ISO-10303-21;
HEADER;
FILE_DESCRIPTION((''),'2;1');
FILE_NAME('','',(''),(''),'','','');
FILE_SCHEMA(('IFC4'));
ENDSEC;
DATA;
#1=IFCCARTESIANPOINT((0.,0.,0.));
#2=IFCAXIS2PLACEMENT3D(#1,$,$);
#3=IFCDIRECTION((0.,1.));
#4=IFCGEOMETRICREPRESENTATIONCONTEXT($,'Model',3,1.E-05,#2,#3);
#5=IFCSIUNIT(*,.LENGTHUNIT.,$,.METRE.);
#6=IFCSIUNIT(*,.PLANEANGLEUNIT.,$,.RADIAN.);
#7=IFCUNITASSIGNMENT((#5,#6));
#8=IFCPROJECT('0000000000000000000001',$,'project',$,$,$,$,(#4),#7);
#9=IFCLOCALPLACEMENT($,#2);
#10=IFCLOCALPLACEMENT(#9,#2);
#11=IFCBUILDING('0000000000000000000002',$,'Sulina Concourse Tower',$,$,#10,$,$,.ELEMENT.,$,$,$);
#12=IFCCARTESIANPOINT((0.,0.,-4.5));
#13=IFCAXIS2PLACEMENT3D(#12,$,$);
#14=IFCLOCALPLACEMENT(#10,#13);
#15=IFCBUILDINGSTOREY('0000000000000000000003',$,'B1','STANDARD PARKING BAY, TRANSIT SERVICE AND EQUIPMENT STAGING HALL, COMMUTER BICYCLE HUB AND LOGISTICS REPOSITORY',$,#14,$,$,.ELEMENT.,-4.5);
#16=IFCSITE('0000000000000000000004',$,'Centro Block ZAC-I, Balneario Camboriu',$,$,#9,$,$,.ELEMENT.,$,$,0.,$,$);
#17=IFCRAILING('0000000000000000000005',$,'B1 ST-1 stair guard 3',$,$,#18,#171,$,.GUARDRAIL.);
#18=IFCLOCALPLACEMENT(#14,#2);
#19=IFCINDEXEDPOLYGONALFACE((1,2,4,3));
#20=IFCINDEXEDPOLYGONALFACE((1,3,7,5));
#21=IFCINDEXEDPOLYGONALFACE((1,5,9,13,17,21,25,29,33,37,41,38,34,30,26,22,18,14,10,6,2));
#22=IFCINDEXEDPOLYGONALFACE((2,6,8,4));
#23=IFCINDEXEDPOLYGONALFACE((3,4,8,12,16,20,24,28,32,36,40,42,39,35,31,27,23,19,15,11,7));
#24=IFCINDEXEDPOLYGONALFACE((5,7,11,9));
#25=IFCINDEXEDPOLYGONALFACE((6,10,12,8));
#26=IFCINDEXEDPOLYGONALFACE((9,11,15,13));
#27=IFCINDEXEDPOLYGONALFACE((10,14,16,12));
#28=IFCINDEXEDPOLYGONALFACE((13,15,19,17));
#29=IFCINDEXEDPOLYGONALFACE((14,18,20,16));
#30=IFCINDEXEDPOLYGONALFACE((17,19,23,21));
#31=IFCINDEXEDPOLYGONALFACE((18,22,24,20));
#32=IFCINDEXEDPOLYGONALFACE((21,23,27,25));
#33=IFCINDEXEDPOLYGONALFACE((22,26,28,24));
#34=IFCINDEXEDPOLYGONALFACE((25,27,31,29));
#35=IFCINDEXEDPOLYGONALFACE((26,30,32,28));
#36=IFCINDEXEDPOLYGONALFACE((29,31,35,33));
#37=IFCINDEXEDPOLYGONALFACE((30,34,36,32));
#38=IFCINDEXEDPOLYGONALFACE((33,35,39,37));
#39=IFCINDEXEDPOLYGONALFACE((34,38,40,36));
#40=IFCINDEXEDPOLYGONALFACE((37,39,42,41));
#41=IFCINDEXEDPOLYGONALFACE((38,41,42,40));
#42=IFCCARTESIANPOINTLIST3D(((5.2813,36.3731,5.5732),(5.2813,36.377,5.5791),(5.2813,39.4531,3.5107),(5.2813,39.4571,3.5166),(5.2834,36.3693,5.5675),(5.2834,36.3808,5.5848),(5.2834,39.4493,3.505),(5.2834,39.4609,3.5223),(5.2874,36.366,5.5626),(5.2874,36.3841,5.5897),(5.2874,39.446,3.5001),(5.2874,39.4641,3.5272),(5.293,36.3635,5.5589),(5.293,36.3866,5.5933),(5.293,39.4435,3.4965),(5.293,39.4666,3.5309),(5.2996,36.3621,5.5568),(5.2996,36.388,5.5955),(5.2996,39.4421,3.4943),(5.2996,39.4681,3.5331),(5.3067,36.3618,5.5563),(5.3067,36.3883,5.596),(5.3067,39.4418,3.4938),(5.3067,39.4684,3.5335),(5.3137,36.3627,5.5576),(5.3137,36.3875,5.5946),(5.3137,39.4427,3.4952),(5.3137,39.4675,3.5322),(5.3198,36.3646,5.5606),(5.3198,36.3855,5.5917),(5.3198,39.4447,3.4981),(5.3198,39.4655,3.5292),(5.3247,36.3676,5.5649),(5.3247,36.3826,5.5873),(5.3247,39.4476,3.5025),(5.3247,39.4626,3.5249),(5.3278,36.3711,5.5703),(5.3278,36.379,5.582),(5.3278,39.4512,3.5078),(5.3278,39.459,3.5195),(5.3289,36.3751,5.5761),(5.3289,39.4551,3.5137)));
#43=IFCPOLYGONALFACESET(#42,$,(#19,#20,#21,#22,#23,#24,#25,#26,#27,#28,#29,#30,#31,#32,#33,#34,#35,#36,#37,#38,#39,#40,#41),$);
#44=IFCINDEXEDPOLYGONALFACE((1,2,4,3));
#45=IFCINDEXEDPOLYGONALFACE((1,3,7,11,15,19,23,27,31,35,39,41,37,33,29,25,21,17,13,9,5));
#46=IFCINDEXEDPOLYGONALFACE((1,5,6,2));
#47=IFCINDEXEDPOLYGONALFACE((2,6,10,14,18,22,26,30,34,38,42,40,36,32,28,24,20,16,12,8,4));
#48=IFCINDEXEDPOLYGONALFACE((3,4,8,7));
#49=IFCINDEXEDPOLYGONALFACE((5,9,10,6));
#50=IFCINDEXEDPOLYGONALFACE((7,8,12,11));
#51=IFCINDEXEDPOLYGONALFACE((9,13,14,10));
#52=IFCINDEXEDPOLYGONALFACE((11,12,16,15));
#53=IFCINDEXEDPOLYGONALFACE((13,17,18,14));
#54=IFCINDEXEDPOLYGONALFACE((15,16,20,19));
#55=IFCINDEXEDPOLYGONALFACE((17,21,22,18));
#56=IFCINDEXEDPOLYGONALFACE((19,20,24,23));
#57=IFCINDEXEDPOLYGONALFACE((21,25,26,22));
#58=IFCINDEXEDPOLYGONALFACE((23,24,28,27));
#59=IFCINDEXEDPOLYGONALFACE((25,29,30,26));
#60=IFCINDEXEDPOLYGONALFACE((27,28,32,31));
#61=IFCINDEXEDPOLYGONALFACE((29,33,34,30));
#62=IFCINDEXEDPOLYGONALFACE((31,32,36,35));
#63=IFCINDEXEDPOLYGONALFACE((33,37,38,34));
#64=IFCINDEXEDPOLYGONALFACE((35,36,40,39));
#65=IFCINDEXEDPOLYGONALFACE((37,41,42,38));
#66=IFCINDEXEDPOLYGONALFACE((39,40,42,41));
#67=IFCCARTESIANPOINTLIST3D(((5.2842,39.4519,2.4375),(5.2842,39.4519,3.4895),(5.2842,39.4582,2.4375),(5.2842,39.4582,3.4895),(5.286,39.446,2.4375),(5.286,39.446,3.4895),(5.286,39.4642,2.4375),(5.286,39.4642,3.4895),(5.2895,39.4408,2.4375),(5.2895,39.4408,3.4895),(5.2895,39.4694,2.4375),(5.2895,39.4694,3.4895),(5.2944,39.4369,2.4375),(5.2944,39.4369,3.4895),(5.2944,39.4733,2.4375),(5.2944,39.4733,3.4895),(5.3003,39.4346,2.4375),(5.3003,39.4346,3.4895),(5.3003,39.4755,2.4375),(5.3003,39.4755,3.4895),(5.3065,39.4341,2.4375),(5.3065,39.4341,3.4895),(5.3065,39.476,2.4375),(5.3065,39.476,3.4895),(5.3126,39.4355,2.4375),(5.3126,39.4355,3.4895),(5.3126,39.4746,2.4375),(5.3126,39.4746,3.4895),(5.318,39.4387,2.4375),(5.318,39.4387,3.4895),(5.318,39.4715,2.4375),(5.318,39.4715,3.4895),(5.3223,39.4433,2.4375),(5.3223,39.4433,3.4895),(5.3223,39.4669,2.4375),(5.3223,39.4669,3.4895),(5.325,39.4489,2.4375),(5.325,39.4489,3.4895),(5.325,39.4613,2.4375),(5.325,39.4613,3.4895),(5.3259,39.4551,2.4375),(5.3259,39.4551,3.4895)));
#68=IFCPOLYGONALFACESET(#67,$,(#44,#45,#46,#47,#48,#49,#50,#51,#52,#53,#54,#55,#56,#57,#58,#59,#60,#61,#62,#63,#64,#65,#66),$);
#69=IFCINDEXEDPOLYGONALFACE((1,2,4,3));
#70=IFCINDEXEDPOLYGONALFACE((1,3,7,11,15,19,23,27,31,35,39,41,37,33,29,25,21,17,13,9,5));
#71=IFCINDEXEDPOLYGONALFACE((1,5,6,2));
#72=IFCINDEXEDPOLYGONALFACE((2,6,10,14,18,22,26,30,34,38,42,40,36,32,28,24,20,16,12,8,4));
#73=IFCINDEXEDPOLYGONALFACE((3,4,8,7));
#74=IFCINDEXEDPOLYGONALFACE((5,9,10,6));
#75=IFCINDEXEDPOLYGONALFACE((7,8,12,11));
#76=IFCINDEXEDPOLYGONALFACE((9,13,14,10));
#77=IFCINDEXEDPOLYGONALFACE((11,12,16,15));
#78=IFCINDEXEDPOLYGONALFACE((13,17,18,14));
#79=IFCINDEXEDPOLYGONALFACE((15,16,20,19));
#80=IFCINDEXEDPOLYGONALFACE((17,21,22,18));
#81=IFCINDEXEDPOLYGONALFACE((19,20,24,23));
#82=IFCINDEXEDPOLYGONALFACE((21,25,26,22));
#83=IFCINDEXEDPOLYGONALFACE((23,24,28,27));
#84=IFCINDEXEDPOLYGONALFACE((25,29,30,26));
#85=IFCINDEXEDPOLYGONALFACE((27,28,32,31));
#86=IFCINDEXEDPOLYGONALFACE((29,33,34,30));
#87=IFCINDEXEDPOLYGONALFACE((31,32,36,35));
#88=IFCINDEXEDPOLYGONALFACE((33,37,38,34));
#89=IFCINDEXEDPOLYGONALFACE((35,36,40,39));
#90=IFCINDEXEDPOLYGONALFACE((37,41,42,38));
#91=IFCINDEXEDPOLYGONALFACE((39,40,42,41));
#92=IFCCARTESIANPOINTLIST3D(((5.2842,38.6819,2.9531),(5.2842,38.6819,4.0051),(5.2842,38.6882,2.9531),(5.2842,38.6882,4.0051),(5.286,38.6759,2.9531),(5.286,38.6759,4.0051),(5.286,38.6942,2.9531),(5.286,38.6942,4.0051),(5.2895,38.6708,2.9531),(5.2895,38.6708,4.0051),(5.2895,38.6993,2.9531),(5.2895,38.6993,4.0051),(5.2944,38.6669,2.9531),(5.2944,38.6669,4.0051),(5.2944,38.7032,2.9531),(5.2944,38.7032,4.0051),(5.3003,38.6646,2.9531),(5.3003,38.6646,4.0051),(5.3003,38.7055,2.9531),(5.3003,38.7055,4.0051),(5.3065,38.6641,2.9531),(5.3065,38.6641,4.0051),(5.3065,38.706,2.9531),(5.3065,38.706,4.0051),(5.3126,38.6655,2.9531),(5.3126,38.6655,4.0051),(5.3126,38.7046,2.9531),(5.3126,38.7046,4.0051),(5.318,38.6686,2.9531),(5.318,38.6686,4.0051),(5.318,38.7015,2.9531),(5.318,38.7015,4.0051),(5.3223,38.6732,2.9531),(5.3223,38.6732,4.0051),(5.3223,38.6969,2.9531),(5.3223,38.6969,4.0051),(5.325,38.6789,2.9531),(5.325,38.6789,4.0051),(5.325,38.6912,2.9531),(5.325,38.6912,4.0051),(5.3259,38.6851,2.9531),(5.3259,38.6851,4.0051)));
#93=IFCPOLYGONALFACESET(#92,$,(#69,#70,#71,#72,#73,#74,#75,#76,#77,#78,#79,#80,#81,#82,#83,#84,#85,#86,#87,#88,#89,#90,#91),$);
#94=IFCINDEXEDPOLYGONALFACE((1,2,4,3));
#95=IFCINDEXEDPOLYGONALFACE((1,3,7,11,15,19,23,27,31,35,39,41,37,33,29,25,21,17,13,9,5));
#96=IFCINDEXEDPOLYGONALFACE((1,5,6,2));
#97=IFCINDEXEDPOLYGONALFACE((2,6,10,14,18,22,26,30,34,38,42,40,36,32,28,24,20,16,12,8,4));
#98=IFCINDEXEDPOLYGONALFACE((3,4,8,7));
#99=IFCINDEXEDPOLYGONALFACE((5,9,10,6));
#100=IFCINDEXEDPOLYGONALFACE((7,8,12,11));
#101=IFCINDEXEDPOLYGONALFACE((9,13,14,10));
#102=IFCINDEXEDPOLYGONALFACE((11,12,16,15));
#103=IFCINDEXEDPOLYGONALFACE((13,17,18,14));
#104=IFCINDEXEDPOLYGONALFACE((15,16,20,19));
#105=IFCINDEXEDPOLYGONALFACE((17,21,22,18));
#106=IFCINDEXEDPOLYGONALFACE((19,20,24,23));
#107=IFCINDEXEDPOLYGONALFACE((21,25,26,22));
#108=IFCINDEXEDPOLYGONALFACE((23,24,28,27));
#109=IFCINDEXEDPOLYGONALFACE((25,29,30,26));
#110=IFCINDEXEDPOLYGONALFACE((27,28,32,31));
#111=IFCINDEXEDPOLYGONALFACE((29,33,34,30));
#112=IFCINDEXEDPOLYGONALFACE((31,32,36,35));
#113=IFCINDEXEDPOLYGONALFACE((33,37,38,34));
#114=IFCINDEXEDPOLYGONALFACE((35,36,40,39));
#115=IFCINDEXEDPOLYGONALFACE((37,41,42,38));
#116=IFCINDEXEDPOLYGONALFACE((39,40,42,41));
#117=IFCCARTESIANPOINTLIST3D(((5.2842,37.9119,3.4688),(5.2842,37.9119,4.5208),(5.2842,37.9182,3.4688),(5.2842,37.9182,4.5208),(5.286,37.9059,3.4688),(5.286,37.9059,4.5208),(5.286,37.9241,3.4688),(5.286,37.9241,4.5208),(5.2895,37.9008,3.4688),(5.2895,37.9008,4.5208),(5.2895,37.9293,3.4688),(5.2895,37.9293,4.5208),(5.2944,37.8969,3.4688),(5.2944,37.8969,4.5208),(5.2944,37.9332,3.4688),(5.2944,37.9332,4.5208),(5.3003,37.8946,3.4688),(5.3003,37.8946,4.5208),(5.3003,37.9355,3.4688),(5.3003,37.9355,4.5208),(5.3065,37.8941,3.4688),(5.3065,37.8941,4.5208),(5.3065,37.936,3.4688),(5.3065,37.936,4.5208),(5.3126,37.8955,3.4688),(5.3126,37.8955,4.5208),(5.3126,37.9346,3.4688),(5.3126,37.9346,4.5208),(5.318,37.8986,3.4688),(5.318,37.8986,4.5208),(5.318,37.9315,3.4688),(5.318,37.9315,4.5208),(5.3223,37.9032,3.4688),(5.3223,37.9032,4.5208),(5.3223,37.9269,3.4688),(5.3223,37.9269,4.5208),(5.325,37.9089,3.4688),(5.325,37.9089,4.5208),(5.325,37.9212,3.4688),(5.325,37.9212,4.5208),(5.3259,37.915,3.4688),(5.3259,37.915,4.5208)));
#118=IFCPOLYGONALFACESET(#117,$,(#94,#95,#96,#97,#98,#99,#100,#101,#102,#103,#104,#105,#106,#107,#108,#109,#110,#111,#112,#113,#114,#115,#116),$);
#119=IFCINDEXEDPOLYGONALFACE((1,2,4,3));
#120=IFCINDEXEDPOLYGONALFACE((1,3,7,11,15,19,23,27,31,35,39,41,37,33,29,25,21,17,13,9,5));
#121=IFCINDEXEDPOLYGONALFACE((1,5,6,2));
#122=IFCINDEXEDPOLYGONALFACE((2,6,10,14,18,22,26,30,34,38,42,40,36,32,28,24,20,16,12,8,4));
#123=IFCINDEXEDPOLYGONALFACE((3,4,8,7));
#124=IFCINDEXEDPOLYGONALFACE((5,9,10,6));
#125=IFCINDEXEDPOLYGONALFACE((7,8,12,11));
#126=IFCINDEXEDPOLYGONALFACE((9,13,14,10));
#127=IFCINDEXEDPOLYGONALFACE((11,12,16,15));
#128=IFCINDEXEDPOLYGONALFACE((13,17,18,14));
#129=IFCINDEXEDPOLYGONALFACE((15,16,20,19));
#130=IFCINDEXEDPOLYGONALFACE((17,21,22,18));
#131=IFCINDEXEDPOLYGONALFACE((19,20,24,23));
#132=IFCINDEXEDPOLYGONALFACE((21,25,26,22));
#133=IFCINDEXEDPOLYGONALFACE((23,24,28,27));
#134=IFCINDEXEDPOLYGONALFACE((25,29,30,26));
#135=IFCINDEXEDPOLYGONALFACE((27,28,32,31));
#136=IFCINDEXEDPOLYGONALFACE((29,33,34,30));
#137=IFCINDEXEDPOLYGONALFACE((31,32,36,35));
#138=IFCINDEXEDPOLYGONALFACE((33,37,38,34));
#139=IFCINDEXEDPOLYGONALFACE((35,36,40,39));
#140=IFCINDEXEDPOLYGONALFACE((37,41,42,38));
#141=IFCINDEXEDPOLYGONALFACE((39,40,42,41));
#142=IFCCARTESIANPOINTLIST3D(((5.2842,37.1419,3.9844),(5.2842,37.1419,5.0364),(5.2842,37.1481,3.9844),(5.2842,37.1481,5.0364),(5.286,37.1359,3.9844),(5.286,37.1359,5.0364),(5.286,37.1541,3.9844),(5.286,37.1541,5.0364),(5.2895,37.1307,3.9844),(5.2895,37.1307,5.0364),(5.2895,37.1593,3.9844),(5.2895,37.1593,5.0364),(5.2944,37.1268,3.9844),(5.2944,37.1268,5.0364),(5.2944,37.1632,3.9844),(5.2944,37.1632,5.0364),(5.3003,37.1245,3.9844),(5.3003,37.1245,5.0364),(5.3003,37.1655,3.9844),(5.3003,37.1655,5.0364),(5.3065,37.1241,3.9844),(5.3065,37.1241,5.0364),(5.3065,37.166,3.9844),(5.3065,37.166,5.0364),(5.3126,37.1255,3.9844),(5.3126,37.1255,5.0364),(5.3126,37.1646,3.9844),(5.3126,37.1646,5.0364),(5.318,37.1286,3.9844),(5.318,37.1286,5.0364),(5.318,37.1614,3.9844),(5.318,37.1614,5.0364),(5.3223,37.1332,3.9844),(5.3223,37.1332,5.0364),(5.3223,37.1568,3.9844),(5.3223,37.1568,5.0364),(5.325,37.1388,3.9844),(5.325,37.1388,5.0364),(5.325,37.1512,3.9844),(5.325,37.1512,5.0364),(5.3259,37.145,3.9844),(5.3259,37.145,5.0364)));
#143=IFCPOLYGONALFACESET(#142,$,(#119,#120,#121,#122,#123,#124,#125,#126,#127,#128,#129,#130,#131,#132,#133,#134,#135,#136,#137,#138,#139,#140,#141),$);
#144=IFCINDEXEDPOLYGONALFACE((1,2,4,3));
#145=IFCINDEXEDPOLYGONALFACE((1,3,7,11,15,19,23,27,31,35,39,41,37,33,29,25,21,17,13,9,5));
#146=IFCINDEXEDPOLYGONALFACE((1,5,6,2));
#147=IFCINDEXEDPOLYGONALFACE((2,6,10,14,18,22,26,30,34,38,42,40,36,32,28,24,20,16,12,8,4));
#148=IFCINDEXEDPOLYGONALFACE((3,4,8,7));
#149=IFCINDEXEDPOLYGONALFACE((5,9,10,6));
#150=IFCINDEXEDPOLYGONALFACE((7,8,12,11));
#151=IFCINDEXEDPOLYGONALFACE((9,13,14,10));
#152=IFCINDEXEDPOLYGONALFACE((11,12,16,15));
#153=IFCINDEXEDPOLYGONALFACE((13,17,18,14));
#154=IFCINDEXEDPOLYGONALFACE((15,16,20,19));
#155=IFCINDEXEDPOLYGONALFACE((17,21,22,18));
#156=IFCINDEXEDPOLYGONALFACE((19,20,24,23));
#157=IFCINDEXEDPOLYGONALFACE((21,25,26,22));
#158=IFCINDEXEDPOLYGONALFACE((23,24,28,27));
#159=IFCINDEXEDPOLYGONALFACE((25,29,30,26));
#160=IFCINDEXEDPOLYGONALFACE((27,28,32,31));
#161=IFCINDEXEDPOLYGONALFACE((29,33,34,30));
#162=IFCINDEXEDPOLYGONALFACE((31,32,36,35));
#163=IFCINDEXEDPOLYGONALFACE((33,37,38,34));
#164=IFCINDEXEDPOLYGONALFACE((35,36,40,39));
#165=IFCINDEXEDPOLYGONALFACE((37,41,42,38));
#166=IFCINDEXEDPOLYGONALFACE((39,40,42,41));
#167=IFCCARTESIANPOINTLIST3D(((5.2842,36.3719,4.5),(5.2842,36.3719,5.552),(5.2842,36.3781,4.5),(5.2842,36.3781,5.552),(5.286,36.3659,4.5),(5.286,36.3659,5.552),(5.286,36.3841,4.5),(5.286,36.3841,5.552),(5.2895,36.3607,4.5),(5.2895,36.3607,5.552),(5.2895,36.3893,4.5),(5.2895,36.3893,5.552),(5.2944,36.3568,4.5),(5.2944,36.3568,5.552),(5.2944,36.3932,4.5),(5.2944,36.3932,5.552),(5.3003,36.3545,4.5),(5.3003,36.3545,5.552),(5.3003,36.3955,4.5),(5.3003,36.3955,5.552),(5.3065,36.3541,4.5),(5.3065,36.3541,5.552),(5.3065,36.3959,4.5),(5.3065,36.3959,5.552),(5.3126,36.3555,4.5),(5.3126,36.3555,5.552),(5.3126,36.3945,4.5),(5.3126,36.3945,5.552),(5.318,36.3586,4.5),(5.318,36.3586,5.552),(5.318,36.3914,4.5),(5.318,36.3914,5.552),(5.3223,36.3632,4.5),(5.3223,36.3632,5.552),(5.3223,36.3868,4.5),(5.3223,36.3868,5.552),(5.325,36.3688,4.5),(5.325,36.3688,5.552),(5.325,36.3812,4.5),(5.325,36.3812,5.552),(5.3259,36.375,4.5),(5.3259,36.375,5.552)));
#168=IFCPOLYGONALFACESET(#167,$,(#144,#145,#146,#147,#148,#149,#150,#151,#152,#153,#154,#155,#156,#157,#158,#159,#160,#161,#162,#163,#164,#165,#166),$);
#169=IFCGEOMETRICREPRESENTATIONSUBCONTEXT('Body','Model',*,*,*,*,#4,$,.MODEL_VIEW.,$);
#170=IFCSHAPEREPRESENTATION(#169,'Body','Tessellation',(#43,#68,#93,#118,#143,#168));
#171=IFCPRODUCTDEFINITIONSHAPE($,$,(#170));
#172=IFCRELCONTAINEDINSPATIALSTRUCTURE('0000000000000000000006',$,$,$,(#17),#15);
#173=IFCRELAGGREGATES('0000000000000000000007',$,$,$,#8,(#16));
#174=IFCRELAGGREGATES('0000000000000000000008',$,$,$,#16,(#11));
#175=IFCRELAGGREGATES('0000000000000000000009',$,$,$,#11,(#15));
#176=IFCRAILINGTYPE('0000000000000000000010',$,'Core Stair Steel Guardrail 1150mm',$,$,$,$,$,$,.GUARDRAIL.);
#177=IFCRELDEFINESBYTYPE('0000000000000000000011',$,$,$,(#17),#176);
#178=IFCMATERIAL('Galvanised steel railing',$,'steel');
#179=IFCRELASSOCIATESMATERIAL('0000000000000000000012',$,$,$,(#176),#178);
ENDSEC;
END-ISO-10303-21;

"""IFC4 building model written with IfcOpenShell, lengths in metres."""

from ifc_helpers import new_model, si_unit, direction, frame, origin, origin_2d, place, context, subcontext, project, spatial, circle, extrude, material, type_object, element, save


model = new_model("IFC4")

# Units and contexts
model_context = context("Model", 3, precision=1e-05, world=origin(), true_north=direction((0.0, 1.0)))
body_context = subcontext(model_context, "Body", "Model", "MODEL_VIEW")
ifc_project = project(units=[si_unit("LENGTHUNIT", "METRE"), si_unit("PLANEANGLEUNIT", "RADIAN")], contexts=[model_context])

# Site, building, storey
site_placement = place(None, origin())
site = spatial("IfcSite", under=ifc_project, at=site_placement, Name="Centro Block ZAC-I, Balneario Camboriu", CompositionType="ELEMENT", RefElevation=0.0)
building_placement = place(site_placement, origin())
building = spatial("IfcBuilding", under=site, at=building_placement, Name="Sulina Concourse Tower", CompositionType="ELEMENT")
storey_placement = place(building_placement, frame((0.0, 0.0, -4.5)))
storey = spatial("IfcBuildingStorey", under=building, at=storey_placement, Name="B1", Description="STANDARD PARKING BAY, TRANSIT SERVICE AND EQUIPMENT STAGING HALL, COMMUTER BICYCLE HUB AND LOGISTICS REPOSITORY", CompositionType="ELEMENT", Elevation=-4.5)

# Railing
ifc_material_1 = material(Name="Galvanised steel railing", Category="steel")
railing_type_1 = type_object("IfcRailingType", Name="Core Stair Steel Guardrail 1150mm", PredefinedType="GUARDRAIL", material=ifc_material_1)
railing_1_placement = place(storey_placement, frame((5.3049, 39.4551, 2.4375)))
element("IfcRailing", 1, at=railing_1_placement, inside=storey, type_object=railing_type_1, Name="B1 ST-1 stair guard 3", PredefinedType="GUARDRAIL", context=body_context, shape_type="SweptSolid", body=[
    extrude(circle(Radius=0.0239, at=origin_2d()), frame((0.0, 0.0, 1.0762), z_axis=(0.0, -0.830914, 0.556401), x_axis=(1.0, 0.0, 0.0)), (0.0, 0.0, 1.0), 3.7068),
    extrude(circle(Radius=0.021, at=origin_2d()), origin(), (0.0, 0.0, 1.0), 1.052),
    extrude(circle(Radius=0.021, at=origin_2d()), frame((0.0, -0.77, 0.5156)), (0.0, 0.0, 1.0), 1.052),
    extrude(circle(Radius=0.021, at=origin_2d()), frame((0.0, -1.54, 1.0312)), (0.0, 0.0, 1.0), 1.052),
    extrude(circle(Radius=0.021, at=origin_2d()), frame((0.0, -2.3101, 1.5469)), (0.0, 0.0, 1.0), 1.052),
    extrude(circle(Radius=0.021, at=origin_2d()), frame((0.0, -3.0801, 2.0625)), (0.0, 0.0, 1.0), 1.052),
])

save(model, "model.ifc")
